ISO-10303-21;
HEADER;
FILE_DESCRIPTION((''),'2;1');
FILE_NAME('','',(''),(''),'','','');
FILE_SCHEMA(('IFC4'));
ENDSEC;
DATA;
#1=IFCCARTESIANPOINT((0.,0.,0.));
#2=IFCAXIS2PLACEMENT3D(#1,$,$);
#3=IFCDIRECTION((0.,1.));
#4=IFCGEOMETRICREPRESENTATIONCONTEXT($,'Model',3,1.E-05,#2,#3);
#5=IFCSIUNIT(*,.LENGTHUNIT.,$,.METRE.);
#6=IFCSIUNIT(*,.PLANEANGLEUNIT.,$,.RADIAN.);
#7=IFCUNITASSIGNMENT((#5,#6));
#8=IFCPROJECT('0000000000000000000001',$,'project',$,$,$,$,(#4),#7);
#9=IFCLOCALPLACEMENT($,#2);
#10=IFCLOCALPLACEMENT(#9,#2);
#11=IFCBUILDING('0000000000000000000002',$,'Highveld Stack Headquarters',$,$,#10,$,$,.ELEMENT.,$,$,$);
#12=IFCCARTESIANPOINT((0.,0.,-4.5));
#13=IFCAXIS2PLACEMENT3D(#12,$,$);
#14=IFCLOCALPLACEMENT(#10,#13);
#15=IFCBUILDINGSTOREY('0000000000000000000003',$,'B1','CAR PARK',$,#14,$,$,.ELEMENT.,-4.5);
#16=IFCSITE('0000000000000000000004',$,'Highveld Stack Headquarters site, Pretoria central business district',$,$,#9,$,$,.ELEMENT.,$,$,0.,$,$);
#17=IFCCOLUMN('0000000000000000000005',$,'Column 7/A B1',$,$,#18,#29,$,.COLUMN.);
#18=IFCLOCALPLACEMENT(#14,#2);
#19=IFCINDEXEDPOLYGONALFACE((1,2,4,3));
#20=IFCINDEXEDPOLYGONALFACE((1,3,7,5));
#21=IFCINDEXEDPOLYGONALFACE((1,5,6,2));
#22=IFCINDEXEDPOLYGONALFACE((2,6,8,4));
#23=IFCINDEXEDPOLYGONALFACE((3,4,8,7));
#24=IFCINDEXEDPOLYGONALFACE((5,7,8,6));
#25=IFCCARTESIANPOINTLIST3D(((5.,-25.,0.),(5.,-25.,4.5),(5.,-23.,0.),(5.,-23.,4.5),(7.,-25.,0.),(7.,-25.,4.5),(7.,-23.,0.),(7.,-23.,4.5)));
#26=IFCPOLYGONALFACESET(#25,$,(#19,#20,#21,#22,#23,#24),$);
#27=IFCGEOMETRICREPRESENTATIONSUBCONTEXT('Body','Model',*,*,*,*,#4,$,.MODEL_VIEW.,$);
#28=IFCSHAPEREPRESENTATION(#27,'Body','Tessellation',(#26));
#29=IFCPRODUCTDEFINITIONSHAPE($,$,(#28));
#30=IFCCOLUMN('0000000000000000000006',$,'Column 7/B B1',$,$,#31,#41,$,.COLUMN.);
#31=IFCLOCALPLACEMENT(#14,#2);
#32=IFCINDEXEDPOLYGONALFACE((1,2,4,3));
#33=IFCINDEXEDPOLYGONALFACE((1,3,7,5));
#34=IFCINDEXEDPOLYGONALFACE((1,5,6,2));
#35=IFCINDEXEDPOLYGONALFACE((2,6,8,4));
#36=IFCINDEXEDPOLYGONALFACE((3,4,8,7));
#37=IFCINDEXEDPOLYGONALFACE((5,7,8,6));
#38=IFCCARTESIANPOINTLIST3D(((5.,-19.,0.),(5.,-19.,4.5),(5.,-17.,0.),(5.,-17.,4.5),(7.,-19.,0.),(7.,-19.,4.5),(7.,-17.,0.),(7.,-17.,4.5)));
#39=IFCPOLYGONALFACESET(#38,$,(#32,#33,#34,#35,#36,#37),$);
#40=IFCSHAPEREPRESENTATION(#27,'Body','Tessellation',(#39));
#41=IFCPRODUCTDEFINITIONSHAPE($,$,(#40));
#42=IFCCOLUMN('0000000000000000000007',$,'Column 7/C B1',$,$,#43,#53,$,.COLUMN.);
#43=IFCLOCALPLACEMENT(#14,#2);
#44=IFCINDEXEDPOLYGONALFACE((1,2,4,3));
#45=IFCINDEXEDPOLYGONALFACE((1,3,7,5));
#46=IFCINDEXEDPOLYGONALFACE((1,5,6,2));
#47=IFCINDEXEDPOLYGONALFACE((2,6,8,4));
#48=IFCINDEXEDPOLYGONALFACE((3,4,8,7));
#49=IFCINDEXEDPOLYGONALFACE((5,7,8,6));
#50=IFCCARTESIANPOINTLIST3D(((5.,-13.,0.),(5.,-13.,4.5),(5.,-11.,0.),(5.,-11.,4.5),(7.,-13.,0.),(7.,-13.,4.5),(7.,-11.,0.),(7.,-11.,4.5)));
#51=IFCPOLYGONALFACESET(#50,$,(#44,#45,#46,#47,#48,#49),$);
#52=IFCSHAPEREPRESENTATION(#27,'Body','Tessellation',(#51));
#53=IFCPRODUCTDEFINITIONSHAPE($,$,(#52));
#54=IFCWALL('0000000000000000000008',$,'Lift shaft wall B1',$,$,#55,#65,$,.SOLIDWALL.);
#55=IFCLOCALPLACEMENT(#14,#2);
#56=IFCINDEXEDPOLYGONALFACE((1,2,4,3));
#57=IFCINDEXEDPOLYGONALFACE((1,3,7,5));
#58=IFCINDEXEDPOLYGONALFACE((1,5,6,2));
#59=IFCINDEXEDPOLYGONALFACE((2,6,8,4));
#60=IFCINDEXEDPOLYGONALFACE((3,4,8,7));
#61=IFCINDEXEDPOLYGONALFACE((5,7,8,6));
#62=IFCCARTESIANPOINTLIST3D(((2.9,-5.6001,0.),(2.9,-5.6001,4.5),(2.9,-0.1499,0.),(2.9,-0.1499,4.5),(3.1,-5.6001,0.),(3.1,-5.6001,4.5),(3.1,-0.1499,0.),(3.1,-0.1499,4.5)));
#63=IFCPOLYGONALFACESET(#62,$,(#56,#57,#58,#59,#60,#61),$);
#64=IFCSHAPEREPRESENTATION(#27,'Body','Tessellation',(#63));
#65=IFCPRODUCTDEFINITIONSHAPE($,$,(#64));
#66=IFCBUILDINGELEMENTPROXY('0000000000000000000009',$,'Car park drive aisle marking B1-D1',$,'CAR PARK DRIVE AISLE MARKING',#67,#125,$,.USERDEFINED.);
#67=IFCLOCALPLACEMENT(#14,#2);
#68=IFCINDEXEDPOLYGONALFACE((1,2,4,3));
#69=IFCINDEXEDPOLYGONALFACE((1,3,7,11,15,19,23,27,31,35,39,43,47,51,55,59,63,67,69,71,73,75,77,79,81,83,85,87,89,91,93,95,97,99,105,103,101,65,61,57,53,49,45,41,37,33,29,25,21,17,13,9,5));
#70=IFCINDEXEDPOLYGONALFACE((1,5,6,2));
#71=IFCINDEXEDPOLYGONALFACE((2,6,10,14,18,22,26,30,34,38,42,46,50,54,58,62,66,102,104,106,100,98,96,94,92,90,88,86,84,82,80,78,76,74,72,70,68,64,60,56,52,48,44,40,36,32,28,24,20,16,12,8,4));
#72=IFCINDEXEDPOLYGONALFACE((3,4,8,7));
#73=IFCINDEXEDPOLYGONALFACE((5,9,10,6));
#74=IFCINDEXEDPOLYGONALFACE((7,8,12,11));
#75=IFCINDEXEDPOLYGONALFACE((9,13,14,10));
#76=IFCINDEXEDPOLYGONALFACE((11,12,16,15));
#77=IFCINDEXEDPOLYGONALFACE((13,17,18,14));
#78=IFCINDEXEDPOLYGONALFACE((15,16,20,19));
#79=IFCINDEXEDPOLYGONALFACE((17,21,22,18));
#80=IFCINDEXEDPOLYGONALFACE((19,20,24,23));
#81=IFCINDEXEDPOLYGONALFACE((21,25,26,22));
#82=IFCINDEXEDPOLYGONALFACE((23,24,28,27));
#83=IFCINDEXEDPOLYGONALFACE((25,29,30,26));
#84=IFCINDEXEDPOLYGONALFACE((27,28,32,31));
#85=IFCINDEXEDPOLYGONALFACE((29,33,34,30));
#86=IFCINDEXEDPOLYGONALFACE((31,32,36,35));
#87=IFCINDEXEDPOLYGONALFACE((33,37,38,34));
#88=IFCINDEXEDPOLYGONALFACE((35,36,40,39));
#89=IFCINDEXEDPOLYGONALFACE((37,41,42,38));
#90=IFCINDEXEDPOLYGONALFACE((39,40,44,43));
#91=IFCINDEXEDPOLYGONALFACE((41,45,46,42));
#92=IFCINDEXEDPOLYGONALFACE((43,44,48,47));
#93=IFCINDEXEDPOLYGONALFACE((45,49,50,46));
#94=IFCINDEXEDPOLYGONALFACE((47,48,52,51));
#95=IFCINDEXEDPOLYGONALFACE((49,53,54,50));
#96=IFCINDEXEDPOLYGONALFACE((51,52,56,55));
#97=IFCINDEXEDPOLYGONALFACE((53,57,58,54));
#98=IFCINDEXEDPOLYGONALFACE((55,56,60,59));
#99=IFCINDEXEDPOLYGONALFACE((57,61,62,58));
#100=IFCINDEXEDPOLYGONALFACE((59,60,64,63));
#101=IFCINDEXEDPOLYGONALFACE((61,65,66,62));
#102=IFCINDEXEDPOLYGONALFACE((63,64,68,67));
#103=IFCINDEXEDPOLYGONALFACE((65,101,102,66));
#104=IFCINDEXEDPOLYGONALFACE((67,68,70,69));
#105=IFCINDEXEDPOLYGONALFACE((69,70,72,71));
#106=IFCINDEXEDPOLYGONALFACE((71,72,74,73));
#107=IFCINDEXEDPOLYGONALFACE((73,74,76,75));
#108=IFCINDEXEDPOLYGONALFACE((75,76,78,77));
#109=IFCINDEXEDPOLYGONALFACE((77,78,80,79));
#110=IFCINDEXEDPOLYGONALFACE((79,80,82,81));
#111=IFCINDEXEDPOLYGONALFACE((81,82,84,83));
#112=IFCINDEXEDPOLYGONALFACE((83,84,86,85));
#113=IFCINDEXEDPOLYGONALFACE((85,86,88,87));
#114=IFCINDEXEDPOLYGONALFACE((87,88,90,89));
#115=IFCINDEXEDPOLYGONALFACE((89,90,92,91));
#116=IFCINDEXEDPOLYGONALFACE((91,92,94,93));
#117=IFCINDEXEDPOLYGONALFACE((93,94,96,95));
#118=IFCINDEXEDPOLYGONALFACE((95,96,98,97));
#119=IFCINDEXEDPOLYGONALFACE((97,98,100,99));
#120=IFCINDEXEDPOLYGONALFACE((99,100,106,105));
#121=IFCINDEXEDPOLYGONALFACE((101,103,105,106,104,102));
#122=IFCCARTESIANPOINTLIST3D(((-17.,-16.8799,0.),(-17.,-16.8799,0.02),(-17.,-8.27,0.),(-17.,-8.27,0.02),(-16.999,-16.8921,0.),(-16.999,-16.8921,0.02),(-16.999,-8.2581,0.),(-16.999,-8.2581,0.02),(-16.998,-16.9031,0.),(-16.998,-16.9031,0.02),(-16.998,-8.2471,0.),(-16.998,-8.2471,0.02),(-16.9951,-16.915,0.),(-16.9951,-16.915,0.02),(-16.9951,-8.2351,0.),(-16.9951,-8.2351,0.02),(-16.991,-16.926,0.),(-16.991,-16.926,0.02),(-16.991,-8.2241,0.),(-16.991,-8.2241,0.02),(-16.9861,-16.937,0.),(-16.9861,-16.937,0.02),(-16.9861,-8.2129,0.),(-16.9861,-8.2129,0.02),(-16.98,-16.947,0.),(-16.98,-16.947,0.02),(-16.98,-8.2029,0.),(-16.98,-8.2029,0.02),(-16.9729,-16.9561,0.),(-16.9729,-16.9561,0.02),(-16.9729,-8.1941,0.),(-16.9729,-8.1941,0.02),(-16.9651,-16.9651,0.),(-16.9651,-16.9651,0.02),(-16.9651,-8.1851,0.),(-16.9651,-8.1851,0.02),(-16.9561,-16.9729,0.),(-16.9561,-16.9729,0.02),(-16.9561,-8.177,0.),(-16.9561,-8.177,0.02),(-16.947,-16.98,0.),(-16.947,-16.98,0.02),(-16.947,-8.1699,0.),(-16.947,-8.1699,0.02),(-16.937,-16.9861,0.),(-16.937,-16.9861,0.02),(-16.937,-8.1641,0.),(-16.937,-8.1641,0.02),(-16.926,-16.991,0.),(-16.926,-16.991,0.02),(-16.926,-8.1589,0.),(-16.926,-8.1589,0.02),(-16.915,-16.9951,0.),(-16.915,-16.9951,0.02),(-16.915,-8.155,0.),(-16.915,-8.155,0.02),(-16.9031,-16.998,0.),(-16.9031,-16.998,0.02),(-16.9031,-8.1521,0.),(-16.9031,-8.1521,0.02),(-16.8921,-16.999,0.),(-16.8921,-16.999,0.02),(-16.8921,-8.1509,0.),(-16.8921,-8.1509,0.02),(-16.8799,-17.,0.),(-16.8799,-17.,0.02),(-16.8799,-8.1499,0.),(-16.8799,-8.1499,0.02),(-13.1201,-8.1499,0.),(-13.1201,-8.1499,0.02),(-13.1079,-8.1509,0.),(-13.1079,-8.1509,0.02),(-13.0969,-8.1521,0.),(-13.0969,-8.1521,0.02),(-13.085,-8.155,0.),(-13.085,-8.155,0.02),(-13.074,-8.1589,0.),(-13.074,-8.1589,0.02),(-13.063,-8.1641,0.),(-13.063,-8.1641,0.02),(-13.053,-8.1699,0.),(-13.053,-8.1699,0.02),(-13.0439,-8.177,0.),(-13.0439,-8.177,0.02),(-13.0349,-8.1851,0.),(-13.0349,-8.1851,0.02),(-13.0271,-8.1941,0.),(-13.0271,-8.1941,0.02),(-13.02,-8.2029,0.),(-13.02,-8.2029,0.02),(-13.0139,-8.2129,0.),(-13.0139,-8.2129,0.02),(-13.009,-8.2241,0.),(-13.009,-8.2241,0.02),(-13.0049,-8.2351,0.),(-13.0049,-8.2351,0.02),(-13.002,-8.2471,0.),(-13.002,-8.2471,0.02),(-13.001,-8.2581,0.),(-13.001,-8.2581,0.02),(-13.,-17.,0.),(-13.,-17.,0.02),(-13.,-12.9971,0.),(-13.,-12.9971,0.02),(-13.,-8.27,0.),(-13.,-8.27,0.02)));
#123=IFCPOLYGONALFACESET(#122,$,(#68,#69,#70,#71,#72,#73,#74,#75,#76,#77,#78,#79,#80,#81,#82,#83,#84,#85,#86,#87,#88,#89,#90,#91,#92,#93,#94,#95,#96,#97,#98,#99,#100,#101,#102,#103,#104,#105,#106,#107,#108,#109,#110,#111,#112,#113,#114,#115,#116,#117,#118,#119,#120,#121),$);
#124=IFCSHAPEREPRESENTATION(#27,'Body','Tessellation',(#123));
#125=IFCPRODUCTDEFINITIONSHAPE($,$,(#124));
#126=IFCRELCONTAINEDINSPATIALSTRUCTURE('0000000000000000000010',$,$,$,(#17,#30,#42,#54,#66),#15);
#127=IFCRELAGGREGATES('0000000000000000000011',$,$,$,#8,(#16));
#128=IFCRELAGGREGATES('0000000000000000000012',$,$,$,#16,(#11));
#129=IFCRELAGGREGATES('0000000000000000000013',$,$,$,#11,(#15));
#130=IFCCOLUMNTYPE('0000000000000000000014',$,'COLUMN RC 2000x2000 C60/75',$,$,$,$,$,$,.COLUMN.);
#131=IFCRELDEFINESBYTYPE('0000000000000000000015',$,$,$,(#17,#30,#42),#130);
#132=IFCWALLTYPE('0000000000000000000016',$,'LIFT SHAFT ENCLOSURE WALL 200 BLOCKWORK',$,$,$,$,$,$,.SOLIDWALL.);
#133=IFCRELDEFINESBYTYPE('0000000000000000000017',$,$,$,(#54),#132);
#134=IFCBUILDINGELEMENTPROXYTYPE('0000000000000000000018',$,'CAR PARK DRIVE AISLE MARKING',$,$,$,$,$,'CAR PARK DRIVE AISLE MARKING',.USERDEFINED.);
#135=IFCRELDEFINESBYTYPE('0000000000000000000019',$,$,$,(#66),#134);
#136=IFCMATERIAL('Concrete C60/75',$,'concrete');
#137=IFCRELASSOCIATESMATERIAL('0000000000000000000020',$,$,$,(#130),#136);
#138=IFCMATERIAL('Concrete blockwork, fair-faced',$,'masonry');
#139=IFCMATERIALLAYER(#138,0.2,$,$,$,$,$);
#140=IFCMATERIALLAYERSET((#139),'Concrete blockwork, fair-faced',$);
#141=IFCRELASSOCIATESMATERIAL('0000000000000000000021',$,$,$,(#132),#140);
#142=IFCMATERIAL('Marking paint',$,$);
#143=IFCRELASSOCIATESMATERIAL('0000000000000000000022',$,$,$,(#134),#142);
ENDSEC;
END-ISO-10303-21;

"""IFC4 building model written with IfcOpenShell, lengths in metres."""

from ifc_helpers import new_model, si_unit, direction, frame, frame_2d, origin, origin_2d, place, context, subcontext, project, spatial, polyline, rectangle, outline, extrude, material, layer, layer_set, material_profile, profile_set, type_object, element, save


model = new_model("IFC4")

# Units and contexts
model_context = context("Model", 3, precision=1e-05, world=origin(), true_north=direction((0.0, 1.0)))
body_context = subcontext(model_context, "Body", "Model", "MODEL_VIEW")
ifc_project = project(units=[si_unit("LENGTHUNIT", "METRE"), si_unit("PLANEANGLEUNIT", "RADIAN")], contexts=[model_context])

# Site, building, storey
site_placement = place(None, origin())
site = spatial("IfcSite", under=ifc_project, at=site_placement, Name="Highveld Stack Headquarters site, Pretoria central business district", CompositionType="ELEMENT", RefElevation=0.0)
building_placement = place(site_placement, origin())
building = spatial("IfcBuilding", under=site, at=building_placement, Name="Highveld Stack Headquarters", CompositionType="ELEMENT")
storey_placement = place(building_placement, frame((0.0, 0.0, -4.5)))
storey = spatial("IfcBuildingStorey", under=building, at=storey_placement, Name="B1", Description="CAR PARK", CompositionType="ELEMENT", Elevation=-4.5)

# Columns
ifc_material_1 = material(Name="Concrete C60/75", Category="concrete")
ifc_material_profile = material_profile(ifc_material_1, rectangle(XDim=2.0, YDim=2.0, at=origin_2d()), Name="RC 2000x2000")
ifc_profile_set = profile_set([ifc_material_profile], Name="Concrete C60/75")
column_type = type_object("IfcColumnType", Name="COLUMN RC 2000x2000 C60/75", PredefinedType="COLUMN", material=ifc_profile_set)
for number, where, z_axis, x_axis, name in (
    (1, (6.0, -24.0, 0.0), (0.0, 0.0, 1.0), (1.0, 0.0, 0.0), "Column 7/A B1"),
    (2, (6.0, -18.0, 0.0), (0.0, 0.0, 1.0), (1.0, 0.0, 0.0), "Column 7/B B1"),
    (3, (6.0, -12.0, 0.0), (0.0, 0.0, 1.0), (1.0, 0.0, 0.0), "Column 7/C B1"),
):
    element("IfcColumn", number, at=place(storey_placement, frame(where, z_axis=z_axis, x_axis=x_axis)), inside=storey, type_object=column_type, Name=name, PredefinedType="COLUMN", context=body_context, shape_type="SweptSolid", body=[
        extrude(rectangle(XDim=2.0, YDim=2.0, at=origin_2d()), origin(), (0.0, 0.0, 1.0), 4.5),
    ])

# Wall
ifc_material_2 = material(Name="Concrete blockwork, fair-faced", Category="masonry")
ifc_layer = layer(ifc_material_2, 0.2)
ifc_layer_set = layer_set([ifc_layer], Name="Concrete blockwork, fair-faced")
wall_type = type_object("IfcWallType", Name="LIFT SHAFT ENCLOSURE WALL 200 BLOCKWORK", PredefinedType="SOLIDWALL", material=ifc_layer_set)
wall_placement = place(storey_placement, frame((3.0, -5.6001, 0.0), z_axis=(0.0, 0.0, 1.0), x_axis=(0.0, 1.0, 0.0)))
element("IfcWall", 4, at=wall_placement, inside=storey, type_object=wall_type, Name="Lift shaft wall B1", PredefinedType="SOLIDWALL", context=body_context, shape_type="SweptSolid", body=[
    extrude(rectangle(XDim=5.4502, YDim=0.2, at=frame_2d((2.7251, 0.0))), origin(), (0.0, 0.0, 1.0), 4.5),
])

# Building element proxy
ifc_material_3 = material(Name="Marking paint")
building_element_proxy_type_1 = type_object("IfcBuildingElementProxyType", Name="CAR PARK DRIVE AISLE MARKING", ElementType="CAR PARK DRIVE AISLE MARKING", PredefinedType="USERDEFINED", material=ifc_material_3)
proxy_1_placement = place(storey_placement, origin())
element("IfcBuildingElementProxy", 5, at=proxy_1_placement, inside=storey, type_object=building_element_proxy_type_1, Name="Car park drive aisle marking B1-D1", ObjectType="CAR PARK DRIVE AISLE MARKING", PredefinedType="USERDEFINED", context=body_context, shape_type="SweptSolid", body=[
    extrude(outline(polyline([(-13.1079, -8.1509), (-13.0969, -8.1521), (-13.085, -8.155), (-13.074, -8.1589), (-13.063, -8.1641), (-13.053, -8.1699), (-13.0439, -8.177), (-13.0349, -8.1851), (-13.0271, -8.1941), (-13.02, -8.2029), (-13.0139, -8.2129), (-13.009, -8.2241), (-13.0049, -8.2351), (-13.002, -8.2471), (-13.001, -8.2581), (-13.0, -8.27), (-13.0, -12.9971), (-13.0, -17.0), (-16.8799, -17.0), (-16.8921, -16.999), (-16.9031, -16.998), (-16.915, -16.9951), (-16.926, -16.991), (-16.937, -16.9861), (-16.947, -16.98), (-16.9561, -16.9729), (-16.9651, -16.9651), (-16.9729, -16.9561), (-16.98, -16.947), (-16.9861, -16.937), (-16.991, -16.926), (-16.9951, -16.915), (-16.998, -16.9031), (-16.999, -16.8921), (-17.0, -16.8799), (-17.0, -8.27), (-16.999, -8.2581), (-16.998, -8.2471), (-16.9951, -8.2351), (-16.991, -8.2241), (-16.9861, -8.2129), (-16.98, -8.2029), (-16.9729, -8.1941), (-16.9651, -8.1851), (-16.9561, -8.177), (-16.947, -8.1699), (-16.937, -8.1641), (-16.926, -8.1589), (-16.915, -8.155), (-16.9031, -8.1521), (-16.8921, -8.1509), (-16.8799, -8.1499), (-13.1201, -8.1499), (-13.1079, -8.1509)])), origin(), (0.0, 0.0, 1.0), 0.02),
])

save(model, "model.ifc")
